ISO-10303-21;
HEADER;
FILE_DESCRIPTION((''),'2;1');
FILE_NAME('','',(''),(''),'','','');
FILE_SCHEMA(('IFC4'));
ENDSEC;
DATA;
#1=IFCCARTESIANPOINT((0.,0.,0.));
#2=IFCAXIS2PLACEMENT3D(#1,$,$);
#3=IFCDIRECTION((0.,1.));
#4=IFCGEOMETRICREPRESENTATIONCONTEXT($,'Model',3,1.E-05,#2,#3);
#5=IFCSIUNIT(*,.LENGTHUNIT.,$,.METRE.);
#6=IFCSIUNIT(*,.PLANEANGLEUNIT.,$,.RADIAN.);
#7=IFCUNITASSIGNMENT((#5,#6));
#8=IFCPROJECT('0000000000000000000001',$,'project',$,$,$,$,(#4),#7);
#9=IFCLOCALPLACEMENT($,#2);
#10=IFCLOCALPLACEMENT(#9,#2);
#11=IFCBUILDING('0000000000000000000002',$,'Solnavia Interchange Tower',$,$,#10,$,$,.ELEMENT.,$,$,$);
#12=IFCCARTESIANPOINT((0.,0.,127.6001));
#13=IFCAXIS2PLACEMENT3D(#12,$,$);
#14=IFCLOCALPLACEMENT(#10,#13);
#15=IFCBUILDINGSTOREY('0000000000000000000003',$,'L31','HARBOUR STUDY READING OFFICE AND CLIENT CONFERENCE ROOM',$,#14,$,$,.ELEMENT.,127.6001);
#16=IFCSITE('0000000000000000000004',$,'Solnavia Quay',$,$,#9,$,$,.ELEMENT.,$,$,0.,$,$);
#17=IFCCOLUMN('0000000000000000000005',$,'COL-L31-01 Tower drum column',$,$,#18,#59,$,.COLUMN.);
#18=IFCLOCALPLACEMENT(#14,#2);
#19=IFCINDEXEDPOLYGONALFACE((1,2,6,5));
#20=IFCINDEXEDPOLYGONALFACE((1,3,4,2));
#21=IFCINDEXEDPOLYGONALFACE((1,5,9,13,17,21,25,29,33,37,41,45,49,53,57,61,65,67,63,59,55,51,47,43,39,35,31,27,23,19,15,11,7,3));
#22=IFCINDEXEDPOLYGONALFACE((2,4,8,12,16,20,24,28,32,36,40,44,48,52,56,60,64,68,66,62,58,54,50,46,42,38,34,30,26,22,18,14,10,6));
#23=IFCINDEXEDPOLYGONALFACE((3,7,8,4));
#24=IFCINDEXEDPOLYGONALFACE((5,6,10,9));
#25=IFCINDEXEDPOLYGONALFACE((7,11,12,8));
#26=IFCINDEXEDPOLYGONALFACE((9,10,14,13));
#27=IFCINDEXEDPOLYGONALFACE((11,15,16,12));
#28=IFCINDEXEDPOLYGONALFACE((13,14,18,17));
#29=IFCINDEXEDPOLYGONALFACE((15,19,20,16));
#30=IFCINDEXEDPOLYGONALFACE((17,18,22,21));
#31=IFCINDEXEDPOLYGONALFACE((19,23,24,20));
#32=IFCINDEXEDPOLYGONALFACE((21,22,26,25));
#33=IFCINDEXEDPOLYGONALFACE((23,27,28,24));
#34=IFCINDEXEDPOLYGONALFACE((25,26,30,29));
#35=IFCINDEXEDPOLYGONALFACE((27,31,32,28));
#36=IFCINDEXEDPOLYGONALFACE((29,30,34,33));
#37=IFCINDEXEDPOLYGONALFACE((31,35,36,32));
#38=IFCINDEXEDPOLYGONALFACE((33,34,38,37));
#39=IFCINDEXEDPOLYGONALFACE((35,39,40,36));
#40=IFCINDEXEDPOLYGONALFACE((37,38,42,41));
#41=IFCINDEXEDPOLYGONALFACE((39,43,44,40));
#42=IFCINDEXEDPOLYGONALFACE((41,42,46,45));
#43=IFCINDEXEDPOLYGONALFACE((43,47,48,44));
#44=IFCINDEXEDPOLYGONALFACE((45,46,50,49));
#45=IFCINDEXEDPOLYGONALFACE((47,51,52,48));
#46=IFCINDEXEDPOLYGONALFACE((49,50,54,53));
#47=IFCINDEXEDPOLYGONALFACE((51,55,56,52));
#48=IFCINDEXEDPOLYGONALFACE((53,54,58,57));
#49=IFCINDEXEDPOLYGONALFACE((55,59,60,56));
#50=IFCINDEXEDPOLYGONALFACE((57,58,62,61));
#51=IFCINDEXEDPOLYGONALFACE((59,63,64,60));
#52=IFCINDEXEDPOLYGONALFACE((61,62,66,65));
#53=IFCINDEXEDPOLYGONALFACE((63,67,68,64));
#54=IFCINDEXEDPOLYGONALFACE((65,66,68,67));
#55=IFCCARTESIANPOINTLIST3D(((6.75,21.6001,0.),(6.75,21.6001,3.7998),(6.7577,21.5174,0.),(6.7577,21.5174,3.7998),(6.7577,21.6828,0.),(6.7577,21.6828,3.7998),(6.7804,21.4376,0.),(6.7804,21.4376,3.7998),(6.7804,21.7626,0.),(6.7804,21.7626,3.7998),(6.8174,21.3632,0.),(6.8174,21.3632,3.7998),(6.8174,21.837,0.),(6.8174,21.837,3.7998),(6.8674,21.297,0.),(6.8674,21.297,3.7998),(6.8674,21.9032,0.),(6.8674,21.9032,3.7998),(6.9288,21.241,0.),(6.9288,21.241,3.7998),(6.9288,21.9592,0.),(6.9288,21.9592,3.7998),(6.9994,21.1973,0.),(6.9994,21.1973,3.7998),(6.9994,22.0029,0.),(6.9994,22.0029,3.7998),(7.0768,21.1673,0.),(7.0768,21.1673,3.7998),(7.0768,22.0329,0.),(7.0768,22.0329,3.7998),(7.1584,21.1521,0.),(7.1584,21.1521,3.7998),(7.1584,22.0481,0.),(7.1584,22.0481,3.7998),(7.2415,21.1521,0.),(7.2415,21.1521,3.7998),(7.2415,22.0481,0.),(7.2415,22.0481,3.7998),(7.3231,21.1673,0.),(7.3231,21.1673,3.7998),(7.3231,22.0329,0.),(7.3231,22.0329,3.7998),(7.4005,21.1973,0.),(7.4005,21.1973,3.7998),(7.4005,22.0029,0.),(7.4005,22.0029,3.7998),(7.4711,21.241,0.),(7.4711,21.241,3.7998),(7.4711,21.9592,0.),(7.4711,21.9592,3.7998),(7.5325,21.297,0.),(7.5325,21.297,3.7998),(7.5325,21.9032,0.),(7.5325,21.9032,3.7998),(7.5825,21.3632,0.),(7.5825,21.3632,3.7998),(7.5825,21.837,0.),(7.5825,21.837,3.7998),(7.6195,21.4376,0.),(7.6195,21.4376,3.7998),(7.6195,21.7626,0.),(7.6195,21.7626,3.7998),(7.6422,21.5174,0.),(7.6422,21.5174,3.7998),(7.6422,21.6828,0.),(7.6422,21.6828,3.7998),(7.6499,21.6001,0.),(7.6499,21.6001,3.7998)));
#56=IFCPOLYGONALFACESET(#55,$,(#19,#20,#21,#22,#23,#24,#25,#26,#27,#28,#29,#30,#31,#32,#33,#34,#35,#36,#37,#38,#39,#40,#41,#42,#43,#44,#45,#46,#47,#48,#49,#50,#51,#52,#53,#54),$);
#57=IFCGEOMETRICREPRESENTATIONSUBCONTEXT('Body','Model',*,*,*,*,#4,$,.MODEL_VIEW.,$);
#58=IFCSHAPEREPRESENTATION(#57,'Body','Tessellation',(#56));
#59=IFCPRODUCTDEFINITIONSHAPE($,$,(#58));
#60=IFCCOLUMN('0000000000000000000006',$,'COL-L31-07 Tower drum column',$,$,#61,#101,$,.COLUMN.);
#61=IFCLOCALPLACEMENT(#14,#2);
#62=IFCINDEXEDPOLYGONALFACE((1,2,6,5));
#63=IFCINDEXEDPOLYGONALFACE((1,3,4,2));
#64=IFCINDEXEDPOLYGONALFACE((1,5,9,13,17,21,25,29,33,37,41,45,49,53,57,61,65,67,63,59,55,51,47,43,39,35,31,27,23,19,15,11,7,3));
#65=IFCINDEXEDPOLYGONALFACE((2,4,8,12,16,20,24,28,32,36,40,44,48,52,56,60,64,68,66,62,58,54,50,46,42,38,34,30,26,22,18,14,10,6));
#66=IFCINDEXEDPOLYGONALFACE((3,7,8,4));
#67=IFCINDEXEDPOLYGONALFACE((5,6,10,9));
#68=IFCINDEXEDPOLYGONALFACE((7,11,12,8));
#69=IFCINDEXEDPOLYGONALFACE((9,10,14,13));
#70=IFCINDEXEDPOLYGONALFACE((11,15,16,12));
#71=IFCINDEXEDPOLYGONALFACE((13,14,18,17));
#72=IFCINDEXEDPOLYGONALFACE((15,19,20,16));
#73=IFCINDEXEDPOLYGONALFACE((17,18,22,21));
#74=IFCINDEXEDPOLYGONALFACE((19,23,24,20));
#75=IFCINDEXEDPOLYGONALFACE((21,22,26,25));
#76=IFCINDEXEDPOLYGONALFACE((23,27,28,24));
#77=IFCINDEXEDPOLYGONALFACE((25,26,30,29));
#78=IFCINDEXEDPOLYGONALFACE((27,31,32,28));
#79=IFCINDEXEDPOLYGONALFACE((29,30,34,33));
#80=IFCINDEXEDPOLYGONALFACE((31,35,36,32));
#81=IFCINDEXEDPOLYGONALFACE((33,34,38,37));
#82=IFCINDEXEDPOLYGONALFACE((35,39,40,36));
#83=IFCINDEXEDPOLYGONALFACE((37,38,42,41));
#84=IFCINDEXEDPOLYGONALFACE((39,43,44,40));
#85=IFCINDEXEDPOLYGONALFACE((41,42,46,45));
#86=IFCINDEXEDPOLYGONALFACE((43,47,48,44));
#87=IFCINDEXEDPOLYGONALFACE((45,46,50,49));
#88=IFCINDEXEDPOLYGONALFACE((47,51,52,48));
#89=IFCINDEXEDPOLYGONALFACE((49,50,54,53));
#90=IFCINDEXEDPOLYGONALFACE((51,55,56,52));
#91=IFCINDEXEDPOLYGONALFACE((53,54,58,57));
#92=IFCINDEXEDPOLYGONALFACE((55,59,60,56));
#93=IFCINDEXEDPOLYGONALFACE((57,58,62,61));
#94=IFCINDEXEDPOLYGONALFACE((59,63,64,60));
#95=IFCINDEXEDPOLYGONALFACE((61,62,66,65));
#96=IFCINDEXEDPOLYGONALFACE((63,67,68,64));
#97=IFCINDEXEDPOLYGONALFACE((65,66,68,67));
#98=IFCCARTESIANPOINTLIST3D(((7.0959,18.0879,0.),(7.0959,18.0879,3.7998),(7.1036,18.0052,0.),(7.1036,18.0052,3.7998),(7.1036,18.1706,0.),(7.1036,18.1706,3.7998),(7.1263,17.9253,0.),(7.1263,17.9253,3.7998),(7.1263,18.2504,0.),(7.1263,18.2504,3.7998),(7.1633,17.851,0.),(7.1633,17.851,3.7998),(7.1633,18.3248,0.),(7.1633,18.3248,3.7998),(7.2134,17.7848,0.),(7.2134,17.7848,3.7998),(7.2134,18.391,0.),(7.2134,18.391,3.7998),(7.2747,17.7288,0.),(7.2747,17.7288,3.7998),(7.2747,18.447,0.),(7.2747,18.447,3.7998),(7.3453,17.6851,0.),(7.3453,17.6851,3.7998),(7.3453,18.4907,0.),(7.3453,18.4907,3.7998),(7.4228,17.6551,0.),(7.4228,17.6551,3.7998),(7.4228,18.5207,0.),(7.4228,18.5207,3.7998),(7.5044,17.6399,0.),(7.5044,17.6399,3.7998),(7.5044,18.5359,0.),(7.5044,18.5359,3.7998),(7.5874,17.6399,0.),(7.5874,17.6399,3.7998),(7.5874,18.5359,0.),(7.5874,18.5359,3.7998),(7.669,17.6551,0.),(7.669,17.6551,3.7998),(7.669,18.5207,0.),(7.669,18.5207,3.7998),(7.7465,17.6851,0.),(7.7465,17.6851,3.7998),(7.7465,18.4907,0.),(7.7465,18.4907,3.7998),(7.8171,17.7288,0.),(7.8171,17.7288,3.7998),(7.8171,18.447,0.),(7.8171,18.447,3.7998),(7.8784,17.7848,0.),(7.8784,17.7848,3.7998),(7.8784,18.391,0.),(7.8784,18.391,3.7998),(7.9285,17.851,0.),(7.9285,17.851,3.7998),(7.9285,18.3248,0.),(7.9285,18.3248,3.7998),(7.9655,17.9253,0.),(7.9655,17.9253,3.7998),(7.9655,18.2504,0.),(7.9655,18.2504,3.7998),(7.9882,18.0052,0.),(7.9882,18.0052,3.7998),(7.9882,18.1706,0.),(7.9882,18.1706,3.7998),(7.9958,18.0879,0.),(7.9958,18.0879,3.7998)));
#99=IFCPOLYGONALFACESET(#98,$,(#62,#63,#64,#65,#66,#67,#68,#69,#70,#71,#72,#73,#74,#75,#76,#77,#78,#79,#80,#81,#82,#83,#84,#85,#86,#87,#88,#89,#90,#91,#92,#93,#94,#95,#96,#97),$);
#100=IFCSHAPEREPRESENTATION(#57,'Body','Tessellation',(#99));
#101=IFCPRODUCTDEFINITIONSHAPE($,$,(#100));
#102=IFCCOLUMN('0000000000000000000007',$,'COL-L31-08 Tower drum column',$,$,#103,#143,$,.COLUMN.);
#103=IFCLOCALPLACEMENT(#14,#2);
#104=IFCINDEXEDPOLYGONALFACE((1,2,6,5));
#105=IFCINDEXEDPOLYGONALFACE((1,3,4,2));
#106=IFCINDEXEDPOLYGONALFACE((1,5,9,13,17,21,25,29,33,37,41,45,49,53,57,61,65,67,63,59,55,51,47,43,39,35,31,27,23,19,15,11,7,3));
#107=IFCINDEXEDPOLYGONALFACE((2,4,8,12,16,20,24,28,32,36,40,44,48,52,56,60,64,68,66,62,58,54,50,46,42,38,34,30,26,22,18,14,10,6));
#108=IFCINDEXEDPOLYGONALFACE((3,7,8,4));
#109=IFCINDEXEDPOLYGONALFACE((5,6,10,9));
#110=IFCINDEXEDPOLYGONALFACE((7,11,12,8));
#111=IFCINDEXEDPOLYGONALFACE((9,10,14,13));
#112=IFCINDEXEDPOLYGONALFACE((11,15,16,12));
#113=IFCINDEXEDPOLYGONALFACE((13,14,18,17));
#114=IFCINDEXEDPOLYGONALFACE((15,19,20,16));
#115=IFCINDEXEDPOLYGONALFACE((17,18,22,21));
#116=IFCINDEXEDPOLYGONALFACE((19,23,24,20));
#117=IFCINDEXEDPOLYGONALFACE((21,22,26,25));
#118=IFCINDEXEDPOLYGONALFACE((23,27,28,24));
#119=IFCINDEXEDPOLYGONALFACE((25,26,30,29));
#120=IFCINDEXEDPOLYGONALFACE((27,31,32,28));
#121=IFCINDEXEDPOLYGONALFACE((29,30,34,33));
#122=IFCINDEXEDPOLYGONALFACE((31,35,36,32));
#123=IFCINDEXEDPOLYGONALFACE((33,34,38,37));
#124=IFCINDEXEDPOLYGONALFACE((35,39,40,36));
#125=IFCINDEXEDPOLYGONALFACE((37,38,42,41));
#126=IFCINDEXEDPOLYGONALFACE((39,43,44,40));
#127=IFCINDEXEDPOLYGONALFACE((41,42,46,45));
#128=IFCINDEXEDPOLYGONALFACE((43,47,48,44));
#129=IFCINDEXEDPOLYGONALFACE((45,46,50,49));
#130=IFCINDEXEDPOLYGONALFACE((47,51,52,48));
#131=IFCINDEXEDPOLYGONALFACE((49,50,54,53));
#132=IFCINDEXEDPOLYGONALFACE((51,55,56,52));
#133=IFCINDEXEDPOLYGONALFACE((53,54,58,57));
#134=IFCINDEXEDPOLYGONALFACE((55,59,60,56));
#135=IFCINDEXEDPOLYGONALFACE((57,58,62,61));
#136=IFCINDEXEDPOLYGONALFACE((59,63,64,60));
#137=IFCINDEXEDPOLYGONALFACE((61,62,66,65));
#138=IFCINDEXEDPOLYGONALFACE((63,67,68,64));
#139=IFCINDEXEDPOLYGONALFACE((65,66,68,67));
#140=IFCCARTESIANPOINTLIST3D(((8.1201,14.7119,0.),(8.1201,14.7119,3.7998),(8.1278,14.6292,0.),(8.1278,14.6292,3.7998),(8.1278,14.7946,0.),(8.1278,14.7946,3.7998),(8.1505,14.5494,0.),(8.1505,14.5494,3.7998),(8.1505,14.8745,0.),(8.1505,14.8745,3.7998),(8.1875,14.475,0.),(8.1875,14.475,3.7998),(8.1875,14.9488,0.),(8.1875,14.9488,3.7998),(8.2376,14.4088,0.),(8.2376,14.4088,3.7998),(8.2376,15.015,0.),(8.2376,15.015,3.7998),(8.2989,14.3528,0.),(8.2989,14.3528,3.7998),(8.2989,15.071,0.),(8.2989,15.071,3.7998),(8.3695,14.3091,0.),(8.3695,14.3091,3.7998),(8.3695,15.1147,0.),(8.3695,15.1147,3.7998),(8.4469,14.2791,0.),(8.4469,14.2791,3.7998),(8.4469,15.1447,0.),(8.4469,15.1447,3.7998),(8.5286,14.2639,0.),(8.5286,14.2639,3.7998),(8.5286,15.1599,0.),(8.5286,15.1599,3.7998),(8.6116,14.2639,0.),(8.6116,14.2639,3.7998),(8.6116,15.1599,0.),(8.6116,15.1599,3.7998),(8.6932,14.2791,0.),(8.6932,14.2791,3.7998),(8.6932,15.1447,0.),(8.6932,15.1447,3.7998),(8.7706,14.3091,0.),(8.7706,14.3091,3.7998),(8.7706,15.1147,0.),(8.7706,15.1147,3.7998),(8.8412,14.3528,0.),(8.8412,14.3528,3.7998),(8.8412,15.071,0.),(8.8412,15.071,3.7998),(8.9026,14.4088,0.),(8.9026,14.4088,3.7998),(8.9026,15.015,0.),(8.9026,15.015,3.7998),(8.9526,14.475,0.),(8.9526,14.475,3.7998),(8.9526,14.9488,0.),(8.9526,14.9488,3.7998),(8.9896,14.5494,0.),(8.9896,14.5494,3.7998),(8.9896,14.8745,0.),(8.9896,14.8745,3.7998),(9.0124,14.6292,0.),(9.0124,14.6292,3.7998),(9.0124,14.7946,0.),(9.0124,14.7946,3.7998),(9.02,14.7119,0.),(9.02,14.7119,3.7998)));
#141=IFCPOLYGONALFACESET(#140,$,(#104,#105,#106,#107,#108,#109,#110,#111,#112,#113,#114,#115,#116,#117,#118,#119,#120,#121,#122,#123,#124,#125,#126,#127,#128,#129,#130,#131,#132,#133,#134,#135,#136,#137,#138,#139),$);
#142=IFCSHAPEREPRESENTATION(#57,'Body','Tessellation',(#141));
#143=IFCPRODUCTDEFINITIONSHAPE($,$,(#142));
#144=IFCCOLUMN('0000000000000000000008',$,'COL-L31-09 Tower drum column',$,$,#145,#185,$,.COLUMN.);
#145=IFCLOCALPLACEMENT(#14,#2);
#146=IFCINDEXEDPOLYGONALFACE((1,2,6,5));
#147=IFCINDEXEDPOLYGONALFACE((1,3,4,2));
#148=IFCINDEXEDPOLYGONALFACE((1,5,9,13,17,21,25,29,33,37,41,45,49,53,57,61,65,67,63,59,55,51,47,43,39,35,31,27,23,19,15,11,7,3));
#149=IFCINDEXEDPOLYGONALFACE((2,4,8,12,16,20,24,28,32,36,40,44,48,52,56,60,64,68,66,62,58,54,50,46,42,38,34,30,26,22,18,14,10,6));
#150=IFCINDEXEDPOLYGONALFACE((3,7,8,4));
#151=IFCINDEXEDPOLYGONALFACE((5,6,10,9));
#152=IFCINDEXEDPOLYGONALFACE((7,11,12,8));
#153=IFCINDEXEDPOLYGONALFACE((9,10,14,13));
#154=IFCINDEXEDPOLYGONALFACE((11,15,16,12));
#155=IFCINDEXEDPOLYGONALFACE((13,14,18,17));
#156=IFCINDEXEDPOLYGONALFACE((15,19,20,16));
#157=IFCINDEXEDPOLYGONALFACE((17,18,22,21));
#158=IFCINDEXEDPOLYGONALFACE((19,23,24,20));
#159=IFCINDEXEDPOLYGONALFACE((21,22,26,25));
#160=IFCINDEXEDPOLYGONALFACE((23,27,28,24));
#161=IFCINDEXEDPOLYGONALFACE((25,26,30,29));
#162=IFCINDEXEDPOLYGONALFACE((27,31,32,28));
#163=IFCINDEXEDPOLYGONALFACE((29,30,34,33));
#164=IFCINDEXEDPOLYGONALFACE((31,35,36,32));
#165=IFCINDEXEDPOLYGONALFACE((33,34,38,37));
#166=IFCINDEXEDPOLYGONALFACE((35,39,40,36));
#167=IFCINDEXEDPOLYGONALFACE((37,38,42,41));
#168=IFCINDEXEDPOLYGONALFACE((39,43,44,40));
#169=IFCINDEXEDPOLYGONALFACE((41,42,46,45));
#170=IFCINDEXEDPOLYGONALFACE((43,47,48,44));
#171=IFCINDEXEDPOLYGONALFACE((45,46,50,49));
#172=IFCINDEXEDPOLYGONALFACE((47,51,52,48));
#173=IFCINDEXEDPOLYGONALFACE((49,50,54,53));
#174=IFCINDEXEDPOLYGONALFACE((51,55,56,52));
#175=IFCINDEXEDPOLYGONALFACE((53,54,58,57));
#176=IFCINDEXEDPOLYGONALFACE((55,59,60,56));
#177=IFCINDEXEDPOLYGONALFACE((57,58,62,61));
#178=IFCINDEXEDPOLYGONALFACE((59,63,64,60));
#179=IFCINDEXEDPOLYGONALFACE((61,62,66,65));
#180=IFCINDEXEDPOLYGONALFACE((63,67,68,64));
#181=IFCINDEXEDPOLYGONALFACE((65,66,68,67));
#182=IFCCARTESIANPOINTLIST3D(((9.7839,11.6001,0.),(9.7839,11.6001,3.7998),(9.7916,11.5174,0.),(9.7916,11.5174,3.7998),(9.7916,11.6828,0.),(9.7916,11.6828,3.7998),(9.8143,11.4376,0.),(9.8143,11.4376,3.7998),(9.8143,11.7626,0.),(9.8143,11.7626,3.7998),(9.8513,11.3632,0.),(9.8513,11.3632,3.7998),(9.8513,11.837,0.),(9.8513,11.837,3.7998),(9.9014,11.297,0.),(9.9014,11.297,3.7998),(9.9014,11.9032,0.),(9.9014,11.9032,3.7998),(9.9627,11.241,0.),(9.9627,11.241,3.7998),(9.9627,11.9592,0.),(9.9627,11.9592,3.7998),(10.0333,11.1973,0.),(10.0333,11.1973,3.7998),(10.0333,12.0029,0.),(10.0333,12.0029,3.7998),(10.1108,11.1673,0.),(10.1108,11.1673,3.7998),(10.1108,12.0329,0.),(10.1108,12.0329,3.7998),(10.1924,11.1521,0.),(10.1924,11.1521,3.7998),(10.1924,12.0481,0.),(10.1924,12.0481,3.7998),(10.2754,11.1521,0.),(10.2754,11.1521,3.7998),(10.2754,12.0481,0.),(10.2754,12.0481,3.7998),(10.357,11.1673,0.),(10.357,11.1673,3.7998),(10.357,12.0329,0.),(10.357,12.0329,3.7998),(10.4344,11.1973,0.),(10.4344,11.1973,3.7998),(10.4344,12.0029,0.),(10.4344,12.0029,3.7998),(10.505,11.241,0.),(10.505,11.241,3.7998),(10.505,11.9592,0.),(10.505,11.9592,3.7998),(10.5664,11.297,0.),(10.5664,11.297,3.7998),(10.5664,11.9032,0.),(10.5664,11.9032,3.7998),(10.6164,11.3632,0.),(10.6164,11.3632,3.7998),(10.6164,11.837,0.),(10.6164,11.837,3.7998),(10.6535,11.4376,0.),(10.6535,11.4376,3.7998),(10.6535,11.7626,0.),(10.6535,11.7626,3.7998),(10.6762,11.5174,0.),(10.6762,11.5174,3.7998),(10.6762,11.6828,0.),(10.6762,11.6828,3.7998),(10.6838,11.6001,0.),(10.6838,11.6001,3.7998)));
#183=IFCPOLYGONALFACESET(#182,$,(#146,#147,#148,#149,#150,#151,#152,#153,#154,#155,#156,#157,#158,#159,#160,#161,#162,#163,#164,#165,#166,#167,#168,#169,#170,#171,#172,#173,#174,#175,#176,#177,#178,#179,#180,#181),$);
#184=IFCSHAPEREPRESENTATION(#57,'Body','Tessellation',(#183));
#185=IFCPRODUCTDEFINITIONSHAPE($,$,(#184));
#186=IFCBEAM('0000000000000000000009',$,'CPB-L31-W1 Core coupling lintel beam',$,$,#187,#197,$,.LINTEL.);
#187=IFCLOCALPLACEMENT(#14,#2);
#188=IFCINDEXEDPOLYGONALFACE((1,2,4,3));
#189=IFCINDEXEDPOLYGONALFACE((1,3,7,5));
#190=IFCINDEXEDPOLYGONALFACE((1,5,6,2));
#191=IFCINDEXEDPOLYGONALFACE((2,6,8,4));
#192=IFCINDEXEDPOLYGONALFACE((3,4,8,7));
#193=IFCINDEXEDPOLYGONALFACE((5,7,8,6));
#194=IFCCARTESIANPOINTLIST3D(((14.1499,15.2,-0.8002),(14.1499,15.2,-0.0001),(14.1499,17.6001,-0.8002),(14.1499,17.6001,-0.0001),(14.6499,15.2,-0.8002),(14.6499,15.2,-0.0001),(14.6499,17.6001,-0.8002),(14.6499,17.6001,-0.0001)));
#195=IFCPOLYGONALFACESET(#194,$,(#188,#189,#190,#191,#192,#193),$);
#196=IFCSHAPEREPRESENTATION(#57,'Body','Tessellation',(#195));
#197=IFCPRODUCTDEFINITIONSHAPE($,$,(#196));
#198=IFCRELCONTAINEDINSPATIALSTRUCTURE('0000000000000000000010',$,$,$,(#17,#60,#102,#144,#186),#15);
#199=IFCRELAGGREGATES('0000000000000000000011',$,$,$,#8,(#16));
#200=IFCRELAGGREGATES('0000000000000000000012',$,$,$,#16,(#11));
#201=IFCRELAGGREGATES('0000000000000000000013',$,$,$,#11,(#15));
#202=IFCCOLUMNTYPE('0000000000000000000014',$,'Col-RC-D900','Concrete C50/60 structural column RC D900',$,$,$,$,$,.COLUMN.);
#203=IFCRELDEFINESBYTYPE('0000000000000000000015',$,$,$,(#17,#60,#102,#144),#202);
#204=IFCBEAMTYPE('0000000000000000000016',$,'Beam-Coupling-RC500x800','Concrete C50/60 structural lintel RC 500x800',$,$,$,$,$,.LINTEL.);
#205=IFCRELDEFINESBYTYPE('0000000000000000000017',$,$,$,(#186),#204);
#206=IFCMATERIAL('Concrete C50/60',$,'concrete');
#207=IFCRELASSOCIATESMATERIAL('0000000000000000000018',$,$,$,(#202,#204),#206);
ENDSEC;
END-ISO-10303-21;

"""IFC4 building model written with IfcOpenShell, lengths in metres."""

from ifc_helpers import new_model, si_unit, direction, frame, origin, origin_2d, place, context, subcontext, project, spatial, rectangle, circle, extrude, material, material_profile, profile_set, type_object, element, save


model = new_model("IFC4")

# Units and contexts
model_context = context("Model", 3, precision=1e-05, world=origin(), true_north=direction((0.0, 1.0)))
body_context = subcontext(model_context, "Body", "Model", "MODEL_VIEW")
ifc_project = project(units=[si_unit("LENGTHUNIT", "METRE"), si_unit("PLANEANGLEUNIT", "RADIAN")], contexts=[model_context])

# Site, building, storey
site_placement = place(None, origin())
site = spatial("IfcSite", under=ifc_project, at=site_placement, Name="Solnavia Quay", CompositionType="ELEMENT", RefElevation=0.0)
building_placement = place(site_placement, origin())
building = spatial("IfcBuilding", under=site, at=building_placement, Name="Solnavia Interchange Tower", CompositionType="ELEMENT")
storey_placement = place(building_placement, frame((0.0, 0.0, 127.6001)))
storey = spatial("IfcBuildingStorey", under=building, at=storey_placement, Name="L31", Description="HARBOUR STUDY READING OFFICE AND CLIENT CONFERENCE ROOM", CompositionType="ELEMENT", Elevation=127.6001)

# Columns
ifc_material_1 = material(Name="Concrete C50/60", Category="concrete")
ifc_material_profile_1 = material_profile(ifc_material_1, circle(Radius=0.45, at=origin_2d()), Name="RC D900")
ifc_profile_set_1 = profile_set([ifc_material_profile_1], Name="Concrete C50/60")
column_type = type_object("IfcColumnType", Name="Col-RC-D900", Description="Concrete C50/60 structural column RC D900", PredefinedType="COLUMN", material=ifc_profile_set_1)
for number, where, z_axis, x_axis, name in (
    (1, (7.2, 21.6001, 0.0), (0.0, 0.0, 1.0), (1.0, 0.0, 0.0), "COL-L31-01 Tower drum column"),
    (2, (7.5459, 18.0879, 0.0), (0.0, 0.0, 1.0), (1.0, 0.0, 0.0), "COL-L31-07 Tower drum column"),
    (3, (8.5701, 14.7119, 0.0), (0.0, 0.0, 1.0), (1.0, 0.0, 0.0), "COL-L31-08 Tower drum column"),
    (4, (10.2339, 11.6001, 0.0), (0.0, 0.0, 1.0), (1.0, 0.0, 0.0), "COL-L31-09 Tower drum column"),
):
    element("IfcColumn", number, at=place(storey_placement, frame(where, z_axis=z_axis, x_axis=x_axis)), inside=storey, type_object=column_type, Name=name, PredefinedType="COLUMN", context=body_context, shape_type="SweptSolid", body=[
        extrude(circle(Radius=0.45, at=origin_2d()), origin(), (0.0, 0.0, 1.0), 3.7998),
    ])

# Beam
ifc_material_profile_2 = material_profile(ifc_material_1, rectangle(XDim=0.5, YDim=0.8, at=origin_2d()), Name="RC 500x800")
ifc_profile_set_2 = profile_set([ifc_material_profile_2], Name="Concrete C50/60")
beam_type_1 = type_object("IfcBeamType", Name="Beam-Coupling-RC500x800", Description="Concrete C50/60 structural lintel RC 500x800", PredefinedType="LINTEL", material=ifc_profile_set_2)
beam_1_placement = place(storey_placement, frame((14.3999, 15.2, -0.4001), z_axis=(0.0, 1.0, 0.0), x_axis=(-1.0, 0.0, 0.0)))
element("IfcBeam", 5, at=beam_1_placement, inside=storey, type_object=beam_type_1, Name="CPB-L31-W1 Core coupling lintel beam", PredefinedType="LINTEL", context=body_context, shape_type="SweptSolid", body=[
    extrude(rectangle(XDim=0.5, YDim=0.8, at=origin_2d()), origin(), (0.0, 0.0, 1.0), 2.4001),
])

save(model, "model.ifc")
